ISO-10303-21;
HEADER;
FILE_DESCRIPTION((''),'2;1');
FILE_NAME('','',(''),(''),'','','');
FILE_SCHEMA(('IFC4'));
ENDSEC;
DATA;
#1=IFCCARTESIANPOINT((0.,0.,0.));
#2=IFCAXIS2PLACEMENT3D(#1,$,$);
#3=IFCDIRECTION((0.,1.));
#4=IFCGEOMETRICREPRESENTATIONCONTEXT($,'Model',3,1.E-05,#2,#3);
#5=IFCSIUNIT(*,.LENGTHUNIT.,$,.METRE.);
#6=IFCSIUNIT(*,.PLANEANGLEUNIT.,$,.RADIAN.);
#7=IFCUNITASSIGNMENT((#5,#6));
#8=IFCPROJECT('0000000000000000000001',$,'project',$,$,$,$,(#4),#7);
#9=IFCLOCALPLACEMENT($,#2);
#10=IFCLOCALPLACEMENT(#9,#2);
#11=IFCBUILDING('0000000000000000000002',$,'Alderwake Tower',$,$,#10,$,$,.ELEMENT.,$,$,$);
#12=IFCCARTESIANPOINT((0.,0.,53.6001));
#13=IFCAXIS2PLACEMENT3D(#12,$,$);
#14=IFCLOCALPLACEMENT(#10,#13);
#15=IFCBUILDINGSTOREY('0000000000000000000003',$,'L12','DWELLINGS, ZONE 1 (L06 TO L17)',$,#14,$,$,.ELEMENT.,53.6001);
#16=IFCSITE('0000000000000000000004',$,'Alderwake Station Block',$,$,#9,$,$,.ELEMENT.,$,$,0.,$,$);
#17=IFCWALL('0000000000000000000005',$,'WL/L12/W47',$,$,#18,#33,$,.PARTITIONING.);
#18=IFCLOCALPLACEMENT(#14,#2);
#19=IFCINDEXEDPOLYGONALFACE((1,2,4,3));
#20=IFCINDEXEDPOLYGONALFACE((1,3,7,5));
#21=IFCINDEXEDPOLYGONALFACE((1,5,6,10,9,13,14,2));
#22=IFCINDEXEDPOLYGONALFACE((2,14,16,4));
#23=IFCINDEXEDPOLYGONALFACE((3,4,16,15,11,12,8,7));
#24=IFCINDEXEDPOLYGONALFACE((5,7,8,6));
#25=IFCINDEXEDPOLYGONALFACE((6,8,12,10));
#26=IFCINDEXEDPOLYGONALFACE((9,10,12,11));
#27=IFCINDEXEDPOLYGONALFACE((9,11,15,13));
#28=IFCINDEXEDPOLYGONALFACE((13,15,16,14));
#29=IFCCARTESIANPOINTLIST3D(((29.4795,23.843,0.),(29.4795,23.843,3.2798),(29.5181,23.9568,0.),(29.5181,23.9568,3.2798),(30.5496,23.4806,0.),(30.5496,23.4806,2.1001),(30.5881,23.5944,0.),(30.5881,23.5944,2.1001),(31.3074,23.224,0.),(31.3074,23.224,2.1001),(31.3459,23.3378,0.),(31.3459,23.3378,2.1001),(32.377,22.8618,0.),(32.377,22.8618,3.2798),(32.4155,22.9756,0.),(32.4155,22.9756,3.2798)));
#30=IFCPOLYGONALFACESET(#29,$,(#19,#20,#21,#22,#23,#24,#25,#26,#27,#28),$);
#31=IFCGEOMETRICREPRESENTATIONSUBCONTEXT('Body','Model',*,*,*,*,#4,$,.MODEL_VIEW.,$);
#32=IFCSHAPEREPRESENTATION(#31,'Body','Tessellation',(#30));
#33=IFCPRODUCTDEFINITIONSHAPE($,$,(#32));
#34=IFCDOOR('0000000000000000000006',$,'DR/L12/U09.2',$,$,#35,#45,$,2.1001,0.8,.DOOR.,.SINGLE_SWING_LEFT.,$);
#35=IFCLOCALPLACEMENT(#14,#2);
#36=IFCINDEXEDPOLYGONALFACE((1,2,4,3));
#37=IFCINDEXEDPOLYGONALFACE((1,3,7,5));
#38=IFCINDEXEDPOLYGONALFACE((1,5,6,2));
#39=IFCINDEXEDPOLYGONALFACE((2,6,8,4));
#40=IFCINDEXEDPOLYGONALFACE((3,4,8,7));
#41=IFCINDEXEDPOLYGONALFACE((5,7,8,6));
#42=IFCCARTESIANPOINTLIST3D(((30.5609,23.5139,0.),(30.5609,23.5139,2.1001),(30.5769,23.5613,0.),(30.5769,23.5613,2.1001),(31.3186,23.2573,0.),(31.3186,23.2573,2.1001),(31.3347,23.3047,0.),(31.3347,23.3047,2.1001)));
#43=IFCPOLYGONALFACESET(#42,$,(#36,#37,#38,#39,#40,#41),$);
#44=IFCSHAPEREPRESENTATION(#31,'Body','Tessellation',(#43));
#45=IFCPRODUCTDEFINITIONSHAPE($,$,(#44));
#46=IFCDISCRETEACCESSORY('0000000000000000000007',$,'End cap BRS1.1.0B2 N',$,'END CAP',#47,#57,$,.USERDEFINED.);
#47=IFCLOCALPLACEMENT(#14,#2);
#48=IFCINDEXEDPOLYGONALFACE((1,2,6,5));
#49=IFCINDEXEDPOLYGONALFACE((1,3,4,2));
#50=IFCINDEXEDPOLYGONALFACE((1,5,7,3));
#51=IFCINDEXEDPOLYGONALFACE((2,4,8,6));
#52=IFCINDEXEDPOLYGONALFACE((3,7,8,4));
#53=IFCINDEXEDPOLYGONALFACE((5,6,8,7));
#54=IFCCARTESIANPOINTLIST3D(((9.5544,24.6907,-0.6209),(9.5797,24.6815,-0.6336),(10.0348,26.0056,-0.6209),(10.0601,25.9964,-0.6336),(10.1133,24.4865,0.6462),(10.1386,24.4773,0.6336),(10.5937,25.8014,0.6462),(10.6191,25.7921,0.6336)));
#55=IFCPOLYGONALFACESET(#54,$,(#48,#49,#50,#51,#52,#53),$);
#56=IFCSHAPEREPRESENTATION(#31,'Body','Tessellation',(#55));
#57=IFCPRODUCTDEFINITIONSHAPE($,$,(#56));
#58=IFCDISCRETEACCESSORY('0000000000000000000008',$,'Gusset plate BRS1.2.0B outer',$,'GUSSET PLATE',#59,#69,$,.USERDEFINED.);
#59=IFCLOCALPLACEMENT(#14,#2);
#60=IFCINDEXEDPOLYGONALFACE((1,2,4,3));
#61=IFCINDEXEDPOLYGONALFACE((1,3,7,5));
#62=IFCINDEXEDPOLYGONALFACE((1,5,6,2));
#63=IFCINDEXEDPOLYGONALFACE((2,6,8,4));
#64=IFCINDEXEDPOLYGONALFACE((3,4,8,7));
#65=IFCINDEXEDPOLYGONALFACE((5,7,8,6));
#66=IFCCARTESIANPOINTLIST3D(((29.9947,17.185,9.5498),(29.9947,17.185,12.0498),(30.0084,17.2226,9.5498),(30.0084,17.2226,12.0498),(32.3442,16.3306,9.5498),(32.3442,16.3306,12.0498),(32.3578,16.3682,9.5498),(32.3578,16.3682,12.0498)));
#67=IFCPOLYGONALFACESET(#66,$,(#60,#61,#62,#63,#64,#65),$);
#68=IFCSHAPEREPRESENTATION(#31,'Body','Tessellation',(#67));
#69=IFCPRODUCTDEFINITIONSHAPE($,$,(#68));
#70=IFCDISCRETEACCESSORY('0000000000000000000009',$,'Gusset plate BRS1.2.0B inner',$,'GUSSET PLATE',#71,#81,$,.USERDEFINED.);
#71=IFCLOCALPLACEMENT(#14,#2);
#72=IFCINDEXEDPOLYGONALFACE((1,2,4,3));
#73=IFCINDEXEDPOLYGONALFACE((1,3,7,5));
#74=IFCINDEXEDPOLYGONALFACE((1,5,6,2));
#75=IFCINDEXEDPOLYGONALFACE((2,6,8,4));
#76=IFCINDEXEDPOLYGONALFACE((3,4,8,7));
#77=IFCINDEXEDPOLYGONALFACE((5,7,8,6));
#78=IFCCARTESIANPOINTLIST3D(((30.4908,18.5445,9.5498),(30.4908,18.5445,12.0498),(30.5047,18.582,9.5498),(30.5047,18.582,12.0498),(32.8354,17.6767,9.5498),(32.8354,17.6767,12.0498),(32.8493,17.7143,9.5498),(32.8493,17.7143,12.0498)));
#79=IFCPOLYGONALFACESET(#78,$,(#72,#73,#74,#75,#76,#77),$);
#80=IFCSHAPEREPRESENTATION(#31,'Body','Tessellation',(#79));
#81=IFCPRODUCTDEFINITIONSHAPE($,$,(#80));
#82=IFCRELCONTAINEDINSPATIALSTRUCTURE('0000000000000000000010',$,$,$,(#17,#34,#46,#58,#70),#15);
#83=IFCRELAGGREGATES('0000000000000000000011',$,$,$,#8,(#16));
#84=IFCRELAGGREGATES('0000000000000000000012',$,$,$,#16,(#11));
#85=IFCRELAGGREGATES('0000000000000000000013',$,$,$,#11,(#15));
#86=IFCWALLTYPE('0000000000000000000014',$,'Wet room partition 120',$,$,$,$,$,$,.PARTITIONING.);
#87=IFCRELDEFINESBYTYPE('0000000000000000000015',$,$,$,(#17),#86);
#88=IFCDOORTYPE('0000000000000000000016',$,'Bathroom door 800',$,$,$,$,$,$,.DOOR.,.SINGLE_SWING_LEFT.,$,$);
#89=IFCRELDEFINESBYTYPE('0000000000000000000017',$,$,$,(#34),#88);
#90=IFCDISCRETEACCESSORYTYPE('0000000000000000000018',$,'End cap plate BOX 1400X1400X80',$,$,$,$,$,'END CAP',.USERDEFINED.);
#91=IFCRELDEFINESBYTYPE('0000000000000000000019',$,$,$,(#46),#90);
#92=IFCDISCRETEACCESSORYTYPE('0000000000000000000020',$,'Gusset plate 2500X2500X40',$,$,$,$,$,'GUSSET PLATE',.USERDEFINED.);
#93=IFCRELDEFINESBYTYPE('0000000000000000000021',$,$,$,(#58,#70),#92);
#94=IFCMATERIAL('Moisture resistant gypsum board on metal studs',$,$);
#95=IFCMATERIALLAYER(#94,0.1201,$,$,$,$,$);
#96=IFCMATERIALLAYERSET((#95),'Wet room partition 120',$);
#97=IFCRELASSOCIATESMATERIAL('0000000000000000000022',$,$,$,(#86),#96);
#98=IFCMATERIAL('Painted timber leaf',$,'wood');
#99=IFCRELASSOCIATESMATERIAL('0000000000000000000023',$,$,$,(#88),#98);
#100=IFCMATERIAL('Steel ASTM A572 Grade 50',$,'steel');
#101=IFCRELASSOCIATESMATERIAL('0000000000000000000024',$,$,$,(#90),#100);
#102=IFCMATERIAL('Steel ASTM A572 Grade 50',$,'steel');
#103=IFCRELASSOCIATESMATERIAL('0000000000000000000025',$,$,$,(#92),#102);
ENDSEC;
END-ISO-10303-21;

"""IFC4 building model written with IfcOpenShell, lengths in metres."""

from ifc_helpers import new_model, si_unit, direction, frame, frame_2d, origin, origin_2d, place, context, subcontext, project, spatial, rectangle, extrude, material, layer, layer_set, material_profile, profile_set, type_object, element, fill, save


model = new_model("IFC4")

# Units and contexts
model_context = context("Model", 3, precision=1e-05, world=origin(), true_north=direction((0.0, 1.0)))
body_context = subcontext(model_context, "Body", "Model", "MODEL_VIEW")
ifc_project = project(units=[si_unit("LENGTHUNIT", "METRE"), si_unit("PLANEANGLEUNIT", "RADIAN")], contexts=[model_context])

# Site, building, storey
site_placement = place(None, origin())
site = spatial("IfcSite", under=ifc_project, at=site_placement, Name="Alderwake Station Block", CompositionType="ELEMENT", RefElevation=0.0)
building_placement = place(site_placement, origin())
building = spatial("IfcBuilding", under=site, at=building_placement, Name="Alderwake Tower", CompositionType="ELEMENT")
storey_placement = place(building_placement, frame((0.0, 0.0, 53.6001)))
storey = spatial("IfcBuildingStorey", under=building, at=storey_placement, Name="L12", Description="DWELLINGS, ZONE 1 (L06 TO L17)", CompositionType="ELEMENT", Elevation=53.6001)

# Shared definitions
ifc_material_1 = material(Name="Moisture resistant gypsum board on metal studs")
ifc_layer_1 = layer(ifc_material_1, 0.1201)
ifc_layer_set_1 = layer_set([ifc_layer_1], Name="Wet room partition 120")
wall_type_1 = type_object("IfcWallType", Name="Wet room partition 120", PredefinedType="PARTITIONING", material=ifc_layer_set_1)

# Wall, opening, door
wall_1_placement = place(storey_placement, frame((32.3962, 22.9187, 0.0), z_axis=(0.0, 0.0, 1.0), x_axis=(-0.947164, 0.320749, 0.0)))
wall_1 = element("IfcWall", 1, at=wall_1_placement, inside=storey, type_object=wall_type_1, Name="WL/L12/W47", PredefinedType="PARTITIONING", context=body_context, shape_type="SweptSolid", body=[
    extrude(rectangle(XDim=3.0591, YDim=0.1201, at=frame_2d((1.5295, 0.0))), origin(), (0.0, 0.0, 1.0), 3.2798),
])
opening_1_placement = place(wall_1_placement, frame((1.1294, 0.0, 0.0)))
opening_1 = element("IfcOpeningElement", 2, at=opening_1_placement, cuts=wall_1, PredefinedType="OPENING", context=body_context, shape_type="SweptSolid", body=[
    extrude(rectangle(XDim=0.8, YDim=2.1001, at=frame_2d((0.3999, 1.05))), frame((0.0, 0.0701, 0.0), z_axis=(0.0, -1.0, 0.0), x_axis=(1.0, 0.0, 0.0)), (0.0, 0.0, 1.0), 0.1401),
])
ifc_material_2 = material(Name="Painted timber leaf", Category="wood")
door_type_1 = type_object("IfcDoorType", Name="Bathroom door 800", OperationType="SINGLE_SWING_LEFT", PredefinedType="DOOR", material=ifc_material_2)
door_1_placement = place(opening_1_placement, origin())
door_1 = element("IfcDoor", 3, at=door_1_placement, inside=storey, type_object=door_type_1, Name="DR/L12/U09.2", OperationType="SINGLE_SWING_LEFT", OverallHeight=2.1001, OverallWidth=0.8, PredefinedType="DOOR", context=body_context, shape_type="SweptSolid", body=[
    extrude(rectangle(XDim=0.8, YDim=2.1001, at=frame_2d((0.3999, 1.05))), frame((0.0, 0.0249, 0.0), z_axis=(0.0, -1.0, 0.0), x_axis=(1.0, 0.0, 0.0)), (0.0, 0.0, 1.0), 0.05),
])
fill(opening_1, door_1)

# Discrete accessories
ifc_material_3 = material(Name="Steel ASTM A572 Grade 50", Category="steel")
ifc_material_profile_1 = material_profile(ifc_material_3, rectangle(XDim=1.3999, YDim=1.3999, at=origin_2d()), Name="BOX 1400X1400X80 cap")
ifc_profile_set_1 = profile_set([ifc_material_profile_1], Name="Steel ASTM A572 Grade 50")
discrete_accessory_type_1 = type_object("IfcDiscreteAccessoryType", Name="End cap plate BOX 1400X1400X80", ElementType="END CAP", PredefinedType="USERDEFINED", material=ifc_profile_set_1)
discrete_accessory_placement = place(storey_placement, frame((10.0994, 25.2368, 0.0), z_axis=(-0.850177, 0.310642, 0.425089), x_axis=(-0.343193, -0.939265, 0.0)))
element("IfcDiscreteAccessory", 4, at=discrete_accessory_placement, inside=storey, type_object=discrete_accessory_type_1, Name="End cap BRS1.1.0B2 N", ObjectType="END CAP", PredefinedType="USERDEFINED", context=body_context, shape_type="SweptSolid", body=[
    extrude(rectangle(XDim=1.3999, YDim=1.3999, at=origin_2d()), origin(), (0.0, 0.0, 1.0), 0.0298),
])
ifc_material_4 = material(Name="Steel ASTM A572 Grade 50", Category="steel")
ifc_material_profile_2 = material_profile(ifc_material_4, rectangle(XDim=2.5, YDim=2.5, at=origin_2d()), Name="gusset 2500X2500")
ifc_profile_set_2 = profile_set([ifc_material_profile_2], Name="Steel ASTM A572 Grade 50")
discrete_accessory_type_2 = type_object("IfcDiscreteAccessoryType", Name="Gusset plate 2500X2500X40", ElementType="GUSSET PLATE", PredefinedType="USERDEFINED", material=ifc_profile_set_2)
for number, where, z_axis, x_axis, name in (
    (5, (31.1831, 16.7954, 10.7998), (-0.341743, -0.939793, 0.0), (0.939793, -0.341743, 0.0), "Gusset plate BRS1.2.0B outer"),
    (6, (31.6631, 18.1106, 10.7998), (0.347116, 0.937822, 0.0), (-0.937822, 0.347116, 0.0), "Gusset plate BRS1.2.0B inner"),
):
    element("IfcDiscreteAccessory", number, at=place(storey_placement, frame(where, z_axis=z_axis, x_axis=x_axis)), inside=storey, type_object=discrete_accessory_type_2, Name=name, ObjectType="GUSSET PLATE", PredefinedType="USERDEFINED", context=body_context, shape_type="SweptSolid", body=[
        extrude(rectangle(XDim=2.5, YDim=2.5, at=origin_2d()), origin(), (0.0, 0.0, 1.0), 0.04),
    ])

save(model, "model.ifc")
